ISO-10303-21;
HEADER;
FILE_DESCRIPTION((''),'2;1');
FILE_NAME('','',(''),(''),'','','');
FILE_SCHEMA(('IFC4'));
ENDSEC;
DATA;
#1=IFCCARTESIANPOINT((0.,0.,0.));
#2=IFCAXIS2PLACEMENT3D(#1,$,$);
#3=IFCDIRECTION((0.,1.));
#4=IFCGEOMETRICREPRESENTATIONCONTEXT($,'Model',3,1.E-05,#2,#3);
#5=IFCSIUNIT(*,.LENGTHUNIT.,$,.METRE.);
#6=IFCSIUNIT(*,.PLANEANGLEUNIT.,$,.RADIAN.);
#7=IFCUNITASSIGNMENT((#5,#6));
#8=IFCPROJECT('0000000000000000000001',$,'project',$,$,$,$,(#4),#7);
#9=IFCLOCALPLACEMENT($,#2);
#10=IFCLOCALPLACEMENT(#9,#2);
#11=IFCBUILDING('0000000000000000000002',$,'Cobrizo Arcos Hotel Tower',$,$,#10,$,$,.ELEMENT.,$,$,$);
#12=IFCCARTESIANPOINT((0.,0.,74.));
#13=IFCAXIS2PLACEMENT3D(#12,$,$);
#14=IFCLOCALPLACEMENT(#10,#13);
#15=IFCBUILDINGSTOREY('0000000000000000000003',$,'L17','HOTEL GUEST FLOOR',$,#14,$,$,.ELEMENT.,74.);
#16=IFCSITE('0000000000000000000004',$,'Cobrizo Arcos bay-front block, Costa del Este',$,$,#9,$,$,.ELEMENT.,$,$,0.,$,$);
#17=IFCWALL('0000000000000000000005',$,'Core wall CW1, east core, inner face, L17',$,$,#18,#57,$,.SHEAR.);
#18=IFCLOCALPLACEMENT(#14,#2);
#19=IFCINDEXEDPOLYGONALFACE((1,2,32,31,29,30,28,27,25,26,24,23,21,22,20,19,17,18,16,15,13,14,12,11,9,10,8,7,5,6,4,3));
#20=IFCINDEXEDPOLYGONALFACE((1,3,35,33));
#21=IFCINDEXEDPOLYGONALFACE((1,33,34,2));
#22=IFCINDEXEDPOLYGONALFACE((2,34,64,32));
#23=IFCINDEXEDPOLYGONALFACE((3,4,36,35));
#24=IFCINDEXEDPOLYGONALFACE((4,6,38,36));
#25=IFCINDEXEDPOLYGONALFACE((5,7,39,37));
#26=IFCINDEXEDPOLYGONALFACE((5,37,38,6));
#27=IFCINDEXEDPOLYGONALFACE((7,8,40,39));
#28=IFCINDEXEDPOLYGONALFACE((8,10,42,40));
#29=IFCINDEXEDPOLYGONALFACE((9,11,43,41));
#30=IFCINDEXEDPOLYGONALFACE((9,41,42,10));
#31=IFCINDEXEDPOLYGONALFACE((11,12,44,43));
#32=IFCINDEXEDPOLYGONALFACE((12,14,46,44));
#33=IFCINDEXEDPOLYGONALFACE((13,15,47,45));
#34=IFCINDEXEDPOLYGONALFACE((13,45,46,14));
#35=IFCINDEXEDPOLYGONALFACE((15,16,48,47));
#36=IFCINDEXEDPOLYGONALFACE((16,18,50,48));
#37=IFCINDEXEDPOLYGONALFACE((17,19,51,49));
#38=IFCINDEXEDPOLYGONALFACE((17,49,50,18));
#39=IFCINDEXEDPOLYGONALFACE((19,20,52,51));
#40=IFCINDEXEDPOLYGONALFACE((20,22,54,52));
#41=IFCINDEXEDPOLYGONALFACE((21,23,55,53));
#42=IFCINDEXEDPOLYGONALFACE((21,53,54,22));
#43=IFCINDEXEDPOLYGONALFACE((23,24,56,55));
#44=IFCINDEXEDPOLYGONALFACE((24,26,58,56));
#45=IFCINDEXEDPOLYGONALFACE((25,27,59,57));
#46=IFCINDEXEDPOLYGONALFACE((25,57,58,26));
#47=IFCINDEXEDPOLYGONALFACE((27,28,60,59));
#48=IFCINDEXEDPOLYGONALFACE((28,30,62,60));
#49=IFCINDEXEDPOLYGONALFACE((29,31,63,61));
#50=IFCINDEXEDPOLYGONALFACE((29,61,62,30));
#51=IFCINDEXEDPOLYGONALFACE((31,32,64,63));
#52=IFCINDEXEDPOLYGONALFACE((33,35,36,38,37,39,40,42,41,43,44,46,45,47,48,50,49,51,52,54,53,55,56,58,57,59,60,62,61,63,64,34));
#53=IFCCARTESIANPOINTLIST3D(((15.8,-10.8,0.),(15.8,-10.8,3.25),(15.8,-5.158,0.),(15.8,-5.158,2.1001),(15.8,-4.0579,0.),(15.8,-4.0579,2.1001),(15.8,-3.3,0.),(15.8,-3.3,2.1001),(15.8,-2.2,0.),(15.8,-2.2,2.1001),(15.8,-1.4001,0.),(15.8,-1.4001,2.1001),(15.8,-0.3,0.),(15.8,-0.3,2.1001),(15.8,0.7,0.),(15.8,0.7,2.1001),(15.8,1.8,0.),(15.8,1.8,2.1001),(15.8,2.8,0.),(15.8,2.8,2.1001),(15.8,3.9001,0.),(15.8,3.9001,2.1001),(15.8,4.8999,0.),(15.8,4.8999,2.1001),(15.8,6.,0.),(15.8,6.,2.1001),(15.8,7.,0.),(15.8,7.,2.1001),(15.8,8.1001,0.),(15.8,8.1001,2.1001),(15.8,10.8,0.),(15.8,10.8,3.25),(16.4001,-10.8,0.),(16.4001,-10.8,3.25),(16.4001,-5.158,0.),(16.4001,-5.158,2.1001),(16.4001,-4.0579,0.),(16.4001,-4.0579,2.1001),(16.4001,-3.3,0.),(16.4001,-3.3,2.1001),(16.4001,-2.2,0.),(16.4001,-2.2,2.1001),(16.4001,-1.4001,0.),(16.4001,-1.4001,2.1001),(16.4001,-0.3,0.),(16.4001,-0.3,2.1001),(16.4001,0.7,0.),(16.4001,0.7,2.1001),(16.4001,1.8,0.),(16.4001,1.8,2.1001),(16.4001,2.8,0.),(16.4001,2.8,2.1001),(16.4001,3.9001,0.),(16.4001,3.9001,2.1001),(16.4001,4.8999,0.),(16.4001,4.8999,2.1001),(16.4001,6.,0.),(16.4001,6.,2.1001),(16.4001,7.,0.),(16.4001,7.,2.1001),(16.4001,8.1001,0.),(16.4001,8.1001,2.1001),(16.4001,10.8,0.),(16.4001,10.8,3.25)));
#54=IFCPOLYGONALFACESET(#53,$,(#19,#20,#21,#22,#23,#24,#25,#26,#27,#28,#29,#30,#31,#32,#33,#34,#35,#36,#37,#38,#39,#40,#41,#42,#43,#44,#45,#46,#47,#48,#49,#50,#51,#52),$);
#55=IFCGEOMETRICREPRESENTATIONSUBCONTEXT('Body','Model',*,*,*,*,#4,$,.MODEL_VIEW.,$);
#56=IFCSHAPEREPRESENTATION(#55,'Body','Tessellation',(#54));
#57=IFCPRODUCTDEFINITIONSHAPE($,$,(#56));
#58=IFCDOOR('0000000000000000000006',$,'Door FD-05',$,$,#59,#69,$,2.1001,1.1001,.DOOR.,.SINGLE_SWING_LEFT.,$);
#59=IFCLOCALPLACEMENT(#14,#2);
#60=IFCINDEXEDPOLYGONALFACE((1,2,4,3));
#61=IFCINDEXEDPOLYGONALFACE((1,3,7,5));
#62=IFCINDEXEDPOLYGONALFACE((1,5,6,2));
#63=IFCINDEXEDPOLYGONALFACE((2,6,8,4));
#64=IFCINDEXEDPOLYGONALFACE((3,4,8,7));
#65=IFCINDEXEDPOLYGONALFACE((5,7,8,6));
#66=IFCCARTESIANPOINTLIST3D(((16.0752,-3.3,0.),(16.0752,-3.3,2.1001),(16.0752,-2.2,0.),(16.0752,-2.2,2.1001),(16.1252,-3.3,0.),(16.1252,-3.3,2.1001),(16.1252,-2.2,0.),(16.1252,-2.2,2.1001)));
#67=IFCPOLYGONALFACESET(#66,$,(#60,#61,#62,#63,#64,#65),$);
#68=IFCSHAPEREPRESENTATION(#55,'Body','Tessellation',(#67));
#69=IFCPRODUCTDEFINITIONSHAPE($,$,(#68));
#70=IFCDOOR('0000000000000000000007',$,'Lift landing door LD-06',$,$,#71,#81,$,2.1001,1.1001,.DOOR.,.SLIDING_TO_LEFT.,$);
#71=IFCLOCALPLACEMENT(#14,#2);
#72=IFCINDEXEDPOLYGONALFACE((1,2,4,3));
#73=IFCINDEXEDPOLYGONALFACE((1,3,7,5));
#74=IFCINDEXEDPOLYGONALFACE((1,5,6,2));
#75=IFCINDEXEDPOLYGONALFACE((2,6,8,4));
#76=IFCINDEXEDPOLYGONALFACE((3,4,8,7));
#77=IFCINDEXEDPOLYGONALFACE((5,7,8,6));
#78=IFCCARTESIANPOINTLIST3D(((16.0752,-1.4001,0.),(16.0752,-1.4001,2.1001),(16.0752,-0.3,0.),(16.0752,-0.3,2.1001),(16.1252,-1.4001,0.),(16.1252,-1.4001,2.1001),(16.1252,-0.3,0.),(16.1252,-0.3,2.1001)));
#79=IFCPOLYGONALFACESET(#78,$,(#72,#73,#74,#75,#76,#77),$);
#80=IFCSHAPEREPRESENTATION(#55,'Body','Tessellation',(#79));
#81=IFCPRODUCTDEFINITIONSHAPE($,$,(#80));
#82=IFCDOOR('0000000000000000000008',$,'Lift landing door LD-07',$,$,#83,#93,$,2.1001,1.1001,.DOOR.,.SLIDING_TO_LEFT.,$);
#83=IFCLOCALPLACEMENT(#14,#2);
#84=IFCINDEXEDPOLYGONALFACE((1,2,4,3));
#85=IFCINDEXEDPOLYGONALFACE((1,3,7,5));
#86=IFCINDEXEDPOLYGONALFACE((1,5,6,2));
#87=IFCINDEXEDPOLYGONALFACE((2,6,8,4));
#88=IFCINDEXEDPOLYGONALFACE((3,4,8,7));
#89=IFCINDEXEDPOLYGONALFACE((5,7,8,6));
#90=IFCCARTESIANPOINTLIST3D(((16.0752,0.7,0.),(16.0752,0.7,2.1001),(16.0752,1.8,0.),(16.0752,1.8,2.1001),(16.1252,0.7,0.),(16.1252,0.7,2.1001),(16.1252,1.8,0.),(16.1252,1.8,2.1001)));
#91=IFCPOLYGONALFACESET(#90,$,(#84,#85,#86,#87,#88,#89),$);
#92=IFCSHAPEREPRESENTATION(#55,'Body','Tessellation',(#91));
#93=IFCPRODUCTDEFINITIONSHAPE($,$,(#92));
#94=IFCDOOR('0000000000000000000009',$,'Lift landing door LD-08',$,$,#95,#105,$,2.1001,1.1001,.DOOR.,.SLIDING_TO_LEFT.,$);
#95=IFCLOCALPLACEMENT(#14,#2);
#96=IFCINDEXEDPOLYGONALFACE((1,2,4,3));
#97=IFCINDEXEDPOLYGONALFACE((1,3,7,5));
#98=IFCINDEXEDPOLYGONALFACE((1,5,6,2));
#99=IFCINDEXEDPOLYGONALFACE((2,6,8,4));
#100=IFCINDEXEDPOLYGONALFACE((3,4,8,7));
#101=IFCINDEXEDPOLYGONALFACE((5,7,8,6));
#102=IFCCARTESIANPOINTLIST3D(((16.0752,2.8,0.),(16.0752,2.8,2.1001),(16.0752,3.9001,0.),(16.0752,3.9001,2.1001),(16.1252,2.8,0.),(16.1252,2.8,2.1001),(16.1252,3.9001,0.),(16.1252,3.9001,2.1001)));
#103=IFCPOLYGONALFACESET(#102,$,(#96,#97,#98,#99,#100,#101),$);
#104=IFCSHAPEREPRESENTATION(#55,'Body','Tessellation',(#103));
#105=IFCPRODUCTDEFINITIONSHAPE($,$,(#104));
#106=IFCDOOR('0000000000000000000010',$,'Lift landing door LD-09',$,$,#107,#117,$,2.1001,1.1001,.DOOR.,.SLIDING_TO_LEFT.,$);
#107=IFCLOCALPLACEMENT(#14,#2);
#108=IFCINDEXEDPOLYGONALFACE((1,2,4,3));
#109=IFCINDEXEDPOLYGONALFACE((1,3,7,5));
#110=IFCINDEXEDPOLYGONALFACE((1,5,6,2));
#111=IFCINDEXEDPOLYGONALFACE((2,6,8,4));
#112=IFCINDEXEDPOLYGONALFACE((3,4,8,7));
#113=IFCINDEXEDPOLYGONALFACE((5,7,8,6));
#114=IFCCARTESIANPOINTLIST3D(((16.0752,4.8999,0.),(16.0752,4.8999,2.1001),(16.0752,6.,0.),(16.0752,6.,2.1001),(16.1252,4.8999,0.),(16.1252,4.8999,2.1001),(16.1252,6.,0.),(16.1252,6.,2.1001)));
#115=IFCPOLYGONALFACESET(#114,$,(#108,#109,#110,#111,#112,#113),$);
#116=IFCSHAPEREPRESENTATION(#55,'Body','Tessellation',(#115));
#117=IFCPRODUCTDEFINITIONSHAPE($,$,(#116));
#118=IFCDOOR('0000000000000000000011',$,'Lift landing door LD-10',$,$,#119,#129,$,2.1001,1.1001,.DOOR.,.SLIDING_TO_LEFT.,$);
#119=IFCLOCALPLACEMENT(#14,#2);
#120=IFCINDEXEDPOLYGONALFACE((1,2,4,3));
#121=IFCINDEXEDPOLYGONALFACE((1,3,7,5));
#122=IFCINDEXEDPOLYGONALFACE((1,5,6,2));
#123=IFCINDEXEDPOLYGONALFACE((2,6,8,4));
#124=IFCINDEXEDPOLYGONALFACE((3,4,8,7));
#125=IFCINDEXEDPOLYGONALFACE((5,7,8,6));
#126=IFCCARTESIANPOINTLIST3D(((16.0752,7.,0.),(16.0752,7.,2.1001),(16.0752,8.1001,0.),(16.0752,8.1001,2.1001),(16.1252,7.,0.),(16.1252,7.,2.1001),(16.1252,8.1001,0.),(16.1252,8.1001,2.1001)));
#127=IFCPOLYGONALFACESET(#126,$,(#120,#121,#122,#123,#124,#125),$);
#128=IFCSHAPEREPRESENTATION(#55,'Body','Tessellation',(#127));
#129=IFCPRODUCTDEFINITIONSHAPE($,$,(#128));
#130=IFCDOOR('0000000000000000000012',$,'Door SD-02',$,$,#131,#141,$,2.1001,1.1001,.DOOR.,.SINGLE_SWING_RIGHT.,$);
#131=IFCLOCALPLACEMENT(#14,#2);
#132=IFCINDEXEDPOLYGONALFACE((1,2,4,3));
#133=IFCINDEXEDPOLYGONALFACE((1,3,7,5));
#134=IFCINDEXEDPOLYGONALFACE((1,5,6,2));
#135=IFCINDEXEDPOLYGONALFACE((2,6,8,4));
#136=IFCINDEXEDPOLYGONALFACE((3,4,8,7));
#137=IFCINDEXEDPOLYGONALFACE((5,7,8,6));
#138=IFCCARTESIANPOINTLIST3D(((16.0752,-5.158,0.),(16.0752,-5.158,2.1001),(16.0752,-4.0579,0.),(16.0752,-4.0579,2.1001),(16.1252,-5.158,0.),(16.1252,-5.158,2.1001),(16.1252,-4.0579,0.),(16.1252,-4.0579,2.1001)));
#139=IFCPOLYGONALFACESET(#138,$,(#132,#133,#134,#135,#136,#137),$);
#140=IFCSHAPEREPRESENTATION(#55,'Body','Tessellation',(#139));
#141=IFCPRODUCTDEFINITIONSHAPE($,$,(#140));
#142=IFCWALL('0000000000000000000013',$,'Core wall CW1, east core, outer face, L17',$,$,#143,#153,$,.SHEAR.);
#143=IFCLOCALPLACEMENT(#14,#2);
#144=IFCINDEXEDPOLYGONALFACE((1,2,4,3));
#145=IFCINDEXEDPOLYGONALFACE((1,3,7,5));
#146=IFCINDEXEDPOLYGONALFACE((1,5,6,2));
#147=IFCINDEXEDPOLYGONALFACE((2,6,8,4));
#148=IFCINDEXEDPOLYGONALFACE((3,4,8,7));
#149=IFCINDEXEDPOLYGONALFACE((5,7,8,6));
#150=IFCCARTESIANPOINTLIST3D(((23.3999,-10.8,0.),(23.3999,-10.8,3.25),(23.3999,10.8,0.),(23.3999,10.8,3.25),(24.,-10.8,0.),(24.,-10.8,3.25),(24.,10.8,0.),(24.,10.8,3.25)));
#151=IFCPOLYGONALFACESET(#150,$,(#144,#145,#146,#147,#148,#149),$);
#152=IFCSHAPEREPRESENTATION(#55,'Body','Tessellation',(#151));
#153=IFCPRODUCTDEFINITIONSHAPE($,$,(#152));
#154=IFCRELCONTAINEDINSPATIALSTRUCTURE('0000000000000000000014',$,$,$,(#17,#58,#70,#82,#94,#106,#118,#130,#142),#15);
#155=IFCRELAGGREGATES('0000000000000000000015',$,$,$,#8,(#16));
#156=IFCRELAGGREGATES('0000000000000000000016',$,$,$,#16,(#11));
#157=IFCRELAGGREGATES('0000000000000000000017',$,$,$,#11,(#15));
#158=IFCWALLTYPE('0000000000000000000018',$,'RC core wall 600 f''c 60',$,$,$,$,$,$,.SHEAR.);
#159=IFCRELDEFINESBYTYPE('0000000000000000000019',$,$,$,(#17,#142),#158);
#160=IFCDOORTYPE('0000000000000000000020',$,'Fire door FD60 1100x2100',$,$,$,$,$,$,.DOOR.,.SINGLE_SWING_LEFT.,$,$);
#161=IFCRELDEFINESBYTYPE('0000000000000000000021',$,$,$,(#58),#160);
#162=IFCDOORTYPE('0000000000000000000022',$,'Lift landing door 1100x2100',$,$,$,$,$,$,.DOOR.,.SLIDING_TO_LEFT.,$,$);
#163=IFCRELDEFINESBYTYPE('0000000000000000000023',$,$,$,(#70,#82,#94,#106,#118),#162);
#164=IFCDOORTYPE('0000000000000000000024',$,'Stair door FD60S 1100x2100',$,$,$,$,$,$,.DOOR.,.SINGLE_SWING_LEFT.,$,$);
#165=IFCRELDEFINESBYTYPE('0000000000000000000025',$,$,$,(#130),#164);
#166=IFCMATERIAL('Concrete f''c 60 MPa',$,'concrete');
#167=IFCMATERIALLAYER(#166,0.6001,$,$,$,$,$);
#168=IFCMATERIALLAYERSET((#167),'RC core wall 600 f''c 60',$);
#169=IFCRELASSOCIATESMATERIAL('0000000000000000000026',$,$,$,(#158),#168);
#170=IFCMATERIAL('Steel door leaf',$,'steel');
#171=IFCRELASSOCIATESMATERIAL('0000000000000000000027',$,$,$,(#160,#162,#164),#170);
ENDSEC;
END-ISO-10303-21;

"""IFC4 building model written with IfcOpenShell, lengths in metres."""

from ifc_helpers import new_model, si_unit, direction, frame, frame_2d, origin, place, context, subcontext, project, spatial, rectangle, extrude, material, layer, layer_set, type_object, element, fill, save


model = new_model("IFC4")

# Units and contexts
model_context = context("Model", 3, precision=1e-05, world=origin(), true_north=direction((0.0, 1.0)))
body_context = subcontext(model_context, "Body", "Model", "MODEL_VIEW")
ifc_project = project(units=[si_unit("LENGTHUNIT", "METRE"), si_unit("PLANEANGLEUNIT", "RADIAN")], contexts=[model_context])

# Site, building, storey
site_placement = place(None, origin())
site = spatial("IfcSite", under=ifc_project, at=site_placement, Name="Cobrizo Arcos bay-front block, Costa del Este", CompositionType="ELEMENT", RefElevation=0.0)
building_placement = place(site_placement, origin())
building = spatial("IfcBuilding", under=site, at=building_placement, Name="Cobrizo Arcos Hotel Tower", CompositionType="ELEMENT")
storey_placement = place(building_placement, frame((0.0, 0.0, 74.0)))
storey = spatial("IfcBuildingStorey", under=building, at=storey_placement, Name="L17", Description="HOTEL GUEST FLOOR", CompositionType="ELEMENT", Elevation=74.0)

# Wall, openings, doors
ifc_material_1 = material(Name="Concrete f'c 60 MPa", Category="concrete")
ifc_layer_1 = layer(ifc_material_1, 0.6001)
ifc_layer_set_1 = layer_set([ifc_layer_1], Name="RC core wall 600 f'c 60")
wall_type_1 = type_object("IfcWallType", Name="RC core wall 600 f'c 60", PredefinedType="SHEAR", material=ifc_layer_set_1)
wall_1_placement = place(storey_placement, frame((16.1001, -10.8, 0.0), z_axis=(0.0, 0.0, 1.0), x_axis=(0.0, 1.0, 0.0)))
wall_1 = element("IfcWall", 1, at=wall_1_placement, inside=storey, type_object=wall_type_1, Name="Core wall CW1, east core, inner face, L17", PredefinedType="SHEAR", context=body_context, shape_type="SweptSolid", body=[
    extrude(rectangle(XDim=21.6001, YDim=0.6001, at=frame_2d((10.8, 0.0))), origin(), (0.0, 0.0, 1.0), 3.25),
])
opening_1_placement = place(wall_1_placement, frame((9.3999, 0.0, 0.0)))
opening_1 = element("IfcOpeningElement", 2, at=opening_1_placement, cuts=wall_1, PredefinedType="OPENING", context=body_context, shape_type="SweptSolid", body=[
    extrude(rectangle(XDim=1.1001, YDim=2.1001, at=frame_2d((0.55, 1.05))), frame((0.0, 0.312, 0.0), z_axis=(0.0, -1.0, 0.0), x_axis=(1.0, 0.0, 0.0)), (0.0, 0.0, 1.0), 0.624),
])
opening_2_placement = place(wall_1_placement, frame((11.5, 0.0, 0.0)))
opening_2 = element("IfcOpeningElement", 3, at=opening_2_placement, cuts=wall_1, PredefinedType="OPENING", context=body_context, shape_type="SweptSolid", body=[
    extrude(rectangle(XDim=1.1001, YDim=2.1001, at=frame_2d((0.55, 1.05))), frame((0.0, 0.312, 0.0), z_axis=(0.0, -1.0, 0.0), x_axis=(1.0, 0.0, 0.0)), (0.0, 0.0, 1.0), 0.624),
])
opening_3_placement = place(wall_1_placement, frame((13.6001, 0.0, 0.0)))
opening_3 = element("IfcOpeningElement", 4, at=opening_3_placement, cuts=wall_1, PredefinedType="OPENING", context=body_context, shape_type="SweptSolid", body=[
    extrude(rectangle(XDim=1.1001, YDim=2.1001, at=frame_2d((0.55, 1.05))), frame((0.0, 0.312, 0.0), z_axis=(0.0, -1.0, 0.0), x_axis=(1.0, 0.0, 0.0)), (0.0, 0.0, 1.0), 0.624),
])
opening_4_placement = place(wall_1_placement, frame((15.7, 0.0, 0.0)))
opening_4 = element("IfcOpeningElement", 5, at=opening_4_placement, cuts=wall_1, PredefinedType="OPENING", context=body_context, shape_type="SweptSolid", body=[
    extrude(rectangle(XDim=1.1001, YDim=2.1001, at=frame_2d((0.55, 1.05))), frame((0.0, 0.312, 0.0), z_axis=(0.0, -1.0, 0.0), x_axis=(1.0, 0.0, 0.0)), (0.0, 0.0, 1.0), 0.624),
])
opening_5_placement = place(wall_1_placement, frame((17.8, 0.0, 0.0)))
opening_5 = element("IfcOpeningElement", 6, at=opening_5_placement, cuts=wall_1, PredefinedType="OPENING", context=body_context, shape_type="SweptSolid", body=[
    extrude(rectangle(XDim=1.1001, YDim=2.1001, at=frame_2d((0.55, 1.05))), frame((0.0, 0.312, 0.0), z_axis=(0.0, -1.0, 0.0), x_axis=(1.0, 0.0, 0.0)), (0.0, 0.0, 1.0), 0.624),
])
opening_6_placement = place(wall_1_placement, frame((5.6421, 0.0, 0.0)))
opening_6 = element("IfcOpeningElement", 7, at=opening_6_placement, cuts=wall_1, PredefinedType="OPENING", context=body_context, shape_type="SweptSolid", body=[
    extrude(rectangle(XDim=1.1001, YDim=2.1001, at=frame_2d((0.55, 1.05))), frame((0.0, 0.312, 0.0), z_axis=(0.0, -1.0, 0.0), x_axis=(1.0, 0.0, 0.0)), (0.0, 0.0, 1.0), 0.624),
])
opening_7_placement = place(wall_1_placement, frame((7.5, 0.0, 0.0)))
opening_7 = element("IfcOpeningElement", 8, at=opening_7_placement, cuts=wall_1, PredefinedType="OPENING", context=body_context, shape_type="SweptSolid", body=[
    extrude(rectangle(XDim=1.1001, YDim=2.1001, at=frame_2d((0.55, 1.05))), frame((0.0, 0.312, 0.0), z_axis=(0.0, -1.0, 0.0), x_axis=(1.0, 0.0, 0.0)), (0.0, 0.0, 1.0), 0.624),
])
ifc_material_2 = material(Name="Steel door leaf", Category="steel")
door_type_1 = type_object("IfcDoorType", Name="Fire door FD60 1100x2100", OperationType="SINGLE_SWING_LEFT", PredefinedType="DOOR", material=ifc_material_2)
door_1_placement = place(opening_7_placement, origin())
door_1 = element("IfcDoor", 9, at=door_1_placement, inside=storey, type_object=door_type_1, Name="Door FD-05", OperationType="SINGLE_SWING_LEFT", OverallHeight=2.1001, OverallWidth=1.1001, PredefinedType="DOOR", context=body_context, shape_type="SweptSolid", body=[
    extrude(rectangle(XDim=1.1001, YDim=2.1001, at=frame_2d((0.55, 1.05))), frame((0.0, 0.0249, 0.0), z_axis=(0.0, -1.0, 0.0), x_axis=(1.0, 0.0, 0.0)), (0.0, 0.0, 1.0), 0.05),
])
fill(opening_7, door_1)
door_type_2 = type_object("IfcDoorType", Name="Lift landing door 1100x2100", OperationType="SLIDING_TO_LEFT", PredefinedType="DOOR", material=ifc_material_2)
door_2_placement = place(opening_1_placement, origin())
door_2 = element("IfcDoor", 10, at=door_2_placement, inside=storey, type_object=door_type_2, Name="Lift landing door LD-06", OperationType="SLIDING_TO_LEFT", OverallHeight=2.1001, OverallWidth=1.1001, PredefinedType="DOOR", context=body_context, shape_type="SweptSolid", body=[
    extrude(rectangle(XDim=1.1001, YDim=2.1001, at=frame_2d((0.55, 1.05))), frame((0.0, 0.0249, 0.0), z_axis=(0.0, -1.0, 0.0), x_axis=(1.0, 0.0, 0.0)), (0.0, 0.0, 1.0), 0.05),
])
fill(opening_1, door_2)
door_3_placement = place(opening_2_placement, origin())
door_3 = element("IfcDoor", 11, at=door_3_placement, inside=storey, type_object=door_type_2, Name="Lift landing door LD-07", OperationType="SLIDING_TO_LEFT", OverallHeight=2.1001, OverallWidth=1.1001, PredefinedType="DOOR", context=body_context, shape_type="SweptSolid", body=[
    extrude(rectangle(XDim=1.1001, YDim=2.1001, at=frame_2d((0.55, 1.05))), frame((0.0, 0.0249, 0.0), z_axis=(0.0, -1.0, 0.0), x_axis=(1.0, 0.0, 0.0)), (0.0, 0.0, 1.0), 0.05),
])
fill(opening_2, door_3)
door_4_placement = place(opening_3_placement, origin())
door_4 = element("IfcDoor", 12, at=door_4_placement, inside=storey, type_object=door_type_2, Name="Lift landing door LD-08", OperationType="SLIDING_TO_LEFT", OverallHeight=2.1001, OverallWidth=1.1001, PredefinedType="DOOR", context=body_context, shape_type="SweptSolid", body=[
    extrude(rectangle(XDim=1.1001, YDim=2.1001, at=frame_2d((0.55, 1.05))), frame((0.0, 0.0249, 0.0), z_axis=(0.0, -1.0, 0.0), x_axis=(1.0, 0.0, 0.0)), (0.0, 0.0, 1.0), 0.05),
])
fill(opening_3, door_4)
door_5_placement = place(opening_4_placement, origin())
door_5 = element("IfcDoor", 13, at=door_5_placement, inside=storey, type_object=door_type_2, Name="Lift landing door LD-09", OperationType="SLIDING_TO_LEFT", OverallHeight=2.1001, OverallWidth=1.1001, PredefinedType="DOOR", context=body_context, shape_type="SweptSolid", body=[
    extrude(rectangle(XDim=1.1001, YDim=2.1001, at=frame_2d((0.55, 1.05))), frame((0.0, 0.0249, 0.0), z_axis=(0.0, -1.0, 0.0), x_axis=(1.0, 0.0, 0.0)), (0.0, 0.0, 1.0), 0.05),
])
fill(opening_4, door_5)
door_6_placement = place(opening_5_placement, origin())
door_6 = element("IfcDoor", 14, at=door_6_placement, inside=storey, type_object=door_type_2, Name="Lift landing door LD-10", OperationType="SLIDING_TO_LEFT", OverallHeight=2.1001, OverallWidth=1.1001, PredefinedType="DOOR", context=body_context, shape_type="SweptSolid", body=[
    extrude(rectangle(XDim=1.1001, YDim=2.1001, at=frame_2d((0.55, 1.05))), frame((0.0, 0.0249, 0.0), z_axis=(0.0, -1.0, 0.0), x_axis=(1.0, 0.0, 0.0)), (0.0, 0.0, 1.0), 0.05),
])
fill(opening_5, door_6)
door_type_3 = type_object("IfcDoorType", Name="Stair door FD60S 1100x2100", OperationType="SINGLE_SWING_LEFT", PredefinedType="DOOR", material=ifc_material_2)
door_7_placement = place(opening_6_placement, origin())
door_7 = element("IfcDoor", 15, at=door_7_placement, inside=storey, type_object=door_type_3, Name="Door SD-02", OperationType="SINGLE_SWING_RIGHT", OverallHeight=2.1001, OverallWidth=1.1001, PredefinedType="DOOR", context=body_context, shape_type="SweptSolid", body=[
    extrude(rectangle(XDim=1.1001, YDim=2.1001, at=frame_2d((0.55, 1.05))), frame((0.0, 0.0249, 0.0), z_axis=(0.0, -1.0, 0.0), x_axis=(1.0, 0.0, 0.0)), (0.0, 0.0, 1.0), 0.05),
])
fill(opening_6, door_7)

# Wall
wall_2_placement = place(storey_placement, frame((23.7, -10.8, 0.0), z_axis=(0.0, 0.0, 1.0), x_axis=(0.0, 1.0, 0.0)))
element("IfcWall", 16, at=wall_2_placement, inside=storey, type_object=wall_type_1, Name="Core wall CW1, east core, outer face, L17", PredefinedType="SHEAR", context=body_context, shape_type="SweptSolid", body=[
    extrude(rectangle(XDim=21.6001, YDim=0.6001, at=frame_2d((10.8, 0.0))), origin(), (0.0, 0.0, 1.0), 3.25),
])

save(model, "model.ifc")
